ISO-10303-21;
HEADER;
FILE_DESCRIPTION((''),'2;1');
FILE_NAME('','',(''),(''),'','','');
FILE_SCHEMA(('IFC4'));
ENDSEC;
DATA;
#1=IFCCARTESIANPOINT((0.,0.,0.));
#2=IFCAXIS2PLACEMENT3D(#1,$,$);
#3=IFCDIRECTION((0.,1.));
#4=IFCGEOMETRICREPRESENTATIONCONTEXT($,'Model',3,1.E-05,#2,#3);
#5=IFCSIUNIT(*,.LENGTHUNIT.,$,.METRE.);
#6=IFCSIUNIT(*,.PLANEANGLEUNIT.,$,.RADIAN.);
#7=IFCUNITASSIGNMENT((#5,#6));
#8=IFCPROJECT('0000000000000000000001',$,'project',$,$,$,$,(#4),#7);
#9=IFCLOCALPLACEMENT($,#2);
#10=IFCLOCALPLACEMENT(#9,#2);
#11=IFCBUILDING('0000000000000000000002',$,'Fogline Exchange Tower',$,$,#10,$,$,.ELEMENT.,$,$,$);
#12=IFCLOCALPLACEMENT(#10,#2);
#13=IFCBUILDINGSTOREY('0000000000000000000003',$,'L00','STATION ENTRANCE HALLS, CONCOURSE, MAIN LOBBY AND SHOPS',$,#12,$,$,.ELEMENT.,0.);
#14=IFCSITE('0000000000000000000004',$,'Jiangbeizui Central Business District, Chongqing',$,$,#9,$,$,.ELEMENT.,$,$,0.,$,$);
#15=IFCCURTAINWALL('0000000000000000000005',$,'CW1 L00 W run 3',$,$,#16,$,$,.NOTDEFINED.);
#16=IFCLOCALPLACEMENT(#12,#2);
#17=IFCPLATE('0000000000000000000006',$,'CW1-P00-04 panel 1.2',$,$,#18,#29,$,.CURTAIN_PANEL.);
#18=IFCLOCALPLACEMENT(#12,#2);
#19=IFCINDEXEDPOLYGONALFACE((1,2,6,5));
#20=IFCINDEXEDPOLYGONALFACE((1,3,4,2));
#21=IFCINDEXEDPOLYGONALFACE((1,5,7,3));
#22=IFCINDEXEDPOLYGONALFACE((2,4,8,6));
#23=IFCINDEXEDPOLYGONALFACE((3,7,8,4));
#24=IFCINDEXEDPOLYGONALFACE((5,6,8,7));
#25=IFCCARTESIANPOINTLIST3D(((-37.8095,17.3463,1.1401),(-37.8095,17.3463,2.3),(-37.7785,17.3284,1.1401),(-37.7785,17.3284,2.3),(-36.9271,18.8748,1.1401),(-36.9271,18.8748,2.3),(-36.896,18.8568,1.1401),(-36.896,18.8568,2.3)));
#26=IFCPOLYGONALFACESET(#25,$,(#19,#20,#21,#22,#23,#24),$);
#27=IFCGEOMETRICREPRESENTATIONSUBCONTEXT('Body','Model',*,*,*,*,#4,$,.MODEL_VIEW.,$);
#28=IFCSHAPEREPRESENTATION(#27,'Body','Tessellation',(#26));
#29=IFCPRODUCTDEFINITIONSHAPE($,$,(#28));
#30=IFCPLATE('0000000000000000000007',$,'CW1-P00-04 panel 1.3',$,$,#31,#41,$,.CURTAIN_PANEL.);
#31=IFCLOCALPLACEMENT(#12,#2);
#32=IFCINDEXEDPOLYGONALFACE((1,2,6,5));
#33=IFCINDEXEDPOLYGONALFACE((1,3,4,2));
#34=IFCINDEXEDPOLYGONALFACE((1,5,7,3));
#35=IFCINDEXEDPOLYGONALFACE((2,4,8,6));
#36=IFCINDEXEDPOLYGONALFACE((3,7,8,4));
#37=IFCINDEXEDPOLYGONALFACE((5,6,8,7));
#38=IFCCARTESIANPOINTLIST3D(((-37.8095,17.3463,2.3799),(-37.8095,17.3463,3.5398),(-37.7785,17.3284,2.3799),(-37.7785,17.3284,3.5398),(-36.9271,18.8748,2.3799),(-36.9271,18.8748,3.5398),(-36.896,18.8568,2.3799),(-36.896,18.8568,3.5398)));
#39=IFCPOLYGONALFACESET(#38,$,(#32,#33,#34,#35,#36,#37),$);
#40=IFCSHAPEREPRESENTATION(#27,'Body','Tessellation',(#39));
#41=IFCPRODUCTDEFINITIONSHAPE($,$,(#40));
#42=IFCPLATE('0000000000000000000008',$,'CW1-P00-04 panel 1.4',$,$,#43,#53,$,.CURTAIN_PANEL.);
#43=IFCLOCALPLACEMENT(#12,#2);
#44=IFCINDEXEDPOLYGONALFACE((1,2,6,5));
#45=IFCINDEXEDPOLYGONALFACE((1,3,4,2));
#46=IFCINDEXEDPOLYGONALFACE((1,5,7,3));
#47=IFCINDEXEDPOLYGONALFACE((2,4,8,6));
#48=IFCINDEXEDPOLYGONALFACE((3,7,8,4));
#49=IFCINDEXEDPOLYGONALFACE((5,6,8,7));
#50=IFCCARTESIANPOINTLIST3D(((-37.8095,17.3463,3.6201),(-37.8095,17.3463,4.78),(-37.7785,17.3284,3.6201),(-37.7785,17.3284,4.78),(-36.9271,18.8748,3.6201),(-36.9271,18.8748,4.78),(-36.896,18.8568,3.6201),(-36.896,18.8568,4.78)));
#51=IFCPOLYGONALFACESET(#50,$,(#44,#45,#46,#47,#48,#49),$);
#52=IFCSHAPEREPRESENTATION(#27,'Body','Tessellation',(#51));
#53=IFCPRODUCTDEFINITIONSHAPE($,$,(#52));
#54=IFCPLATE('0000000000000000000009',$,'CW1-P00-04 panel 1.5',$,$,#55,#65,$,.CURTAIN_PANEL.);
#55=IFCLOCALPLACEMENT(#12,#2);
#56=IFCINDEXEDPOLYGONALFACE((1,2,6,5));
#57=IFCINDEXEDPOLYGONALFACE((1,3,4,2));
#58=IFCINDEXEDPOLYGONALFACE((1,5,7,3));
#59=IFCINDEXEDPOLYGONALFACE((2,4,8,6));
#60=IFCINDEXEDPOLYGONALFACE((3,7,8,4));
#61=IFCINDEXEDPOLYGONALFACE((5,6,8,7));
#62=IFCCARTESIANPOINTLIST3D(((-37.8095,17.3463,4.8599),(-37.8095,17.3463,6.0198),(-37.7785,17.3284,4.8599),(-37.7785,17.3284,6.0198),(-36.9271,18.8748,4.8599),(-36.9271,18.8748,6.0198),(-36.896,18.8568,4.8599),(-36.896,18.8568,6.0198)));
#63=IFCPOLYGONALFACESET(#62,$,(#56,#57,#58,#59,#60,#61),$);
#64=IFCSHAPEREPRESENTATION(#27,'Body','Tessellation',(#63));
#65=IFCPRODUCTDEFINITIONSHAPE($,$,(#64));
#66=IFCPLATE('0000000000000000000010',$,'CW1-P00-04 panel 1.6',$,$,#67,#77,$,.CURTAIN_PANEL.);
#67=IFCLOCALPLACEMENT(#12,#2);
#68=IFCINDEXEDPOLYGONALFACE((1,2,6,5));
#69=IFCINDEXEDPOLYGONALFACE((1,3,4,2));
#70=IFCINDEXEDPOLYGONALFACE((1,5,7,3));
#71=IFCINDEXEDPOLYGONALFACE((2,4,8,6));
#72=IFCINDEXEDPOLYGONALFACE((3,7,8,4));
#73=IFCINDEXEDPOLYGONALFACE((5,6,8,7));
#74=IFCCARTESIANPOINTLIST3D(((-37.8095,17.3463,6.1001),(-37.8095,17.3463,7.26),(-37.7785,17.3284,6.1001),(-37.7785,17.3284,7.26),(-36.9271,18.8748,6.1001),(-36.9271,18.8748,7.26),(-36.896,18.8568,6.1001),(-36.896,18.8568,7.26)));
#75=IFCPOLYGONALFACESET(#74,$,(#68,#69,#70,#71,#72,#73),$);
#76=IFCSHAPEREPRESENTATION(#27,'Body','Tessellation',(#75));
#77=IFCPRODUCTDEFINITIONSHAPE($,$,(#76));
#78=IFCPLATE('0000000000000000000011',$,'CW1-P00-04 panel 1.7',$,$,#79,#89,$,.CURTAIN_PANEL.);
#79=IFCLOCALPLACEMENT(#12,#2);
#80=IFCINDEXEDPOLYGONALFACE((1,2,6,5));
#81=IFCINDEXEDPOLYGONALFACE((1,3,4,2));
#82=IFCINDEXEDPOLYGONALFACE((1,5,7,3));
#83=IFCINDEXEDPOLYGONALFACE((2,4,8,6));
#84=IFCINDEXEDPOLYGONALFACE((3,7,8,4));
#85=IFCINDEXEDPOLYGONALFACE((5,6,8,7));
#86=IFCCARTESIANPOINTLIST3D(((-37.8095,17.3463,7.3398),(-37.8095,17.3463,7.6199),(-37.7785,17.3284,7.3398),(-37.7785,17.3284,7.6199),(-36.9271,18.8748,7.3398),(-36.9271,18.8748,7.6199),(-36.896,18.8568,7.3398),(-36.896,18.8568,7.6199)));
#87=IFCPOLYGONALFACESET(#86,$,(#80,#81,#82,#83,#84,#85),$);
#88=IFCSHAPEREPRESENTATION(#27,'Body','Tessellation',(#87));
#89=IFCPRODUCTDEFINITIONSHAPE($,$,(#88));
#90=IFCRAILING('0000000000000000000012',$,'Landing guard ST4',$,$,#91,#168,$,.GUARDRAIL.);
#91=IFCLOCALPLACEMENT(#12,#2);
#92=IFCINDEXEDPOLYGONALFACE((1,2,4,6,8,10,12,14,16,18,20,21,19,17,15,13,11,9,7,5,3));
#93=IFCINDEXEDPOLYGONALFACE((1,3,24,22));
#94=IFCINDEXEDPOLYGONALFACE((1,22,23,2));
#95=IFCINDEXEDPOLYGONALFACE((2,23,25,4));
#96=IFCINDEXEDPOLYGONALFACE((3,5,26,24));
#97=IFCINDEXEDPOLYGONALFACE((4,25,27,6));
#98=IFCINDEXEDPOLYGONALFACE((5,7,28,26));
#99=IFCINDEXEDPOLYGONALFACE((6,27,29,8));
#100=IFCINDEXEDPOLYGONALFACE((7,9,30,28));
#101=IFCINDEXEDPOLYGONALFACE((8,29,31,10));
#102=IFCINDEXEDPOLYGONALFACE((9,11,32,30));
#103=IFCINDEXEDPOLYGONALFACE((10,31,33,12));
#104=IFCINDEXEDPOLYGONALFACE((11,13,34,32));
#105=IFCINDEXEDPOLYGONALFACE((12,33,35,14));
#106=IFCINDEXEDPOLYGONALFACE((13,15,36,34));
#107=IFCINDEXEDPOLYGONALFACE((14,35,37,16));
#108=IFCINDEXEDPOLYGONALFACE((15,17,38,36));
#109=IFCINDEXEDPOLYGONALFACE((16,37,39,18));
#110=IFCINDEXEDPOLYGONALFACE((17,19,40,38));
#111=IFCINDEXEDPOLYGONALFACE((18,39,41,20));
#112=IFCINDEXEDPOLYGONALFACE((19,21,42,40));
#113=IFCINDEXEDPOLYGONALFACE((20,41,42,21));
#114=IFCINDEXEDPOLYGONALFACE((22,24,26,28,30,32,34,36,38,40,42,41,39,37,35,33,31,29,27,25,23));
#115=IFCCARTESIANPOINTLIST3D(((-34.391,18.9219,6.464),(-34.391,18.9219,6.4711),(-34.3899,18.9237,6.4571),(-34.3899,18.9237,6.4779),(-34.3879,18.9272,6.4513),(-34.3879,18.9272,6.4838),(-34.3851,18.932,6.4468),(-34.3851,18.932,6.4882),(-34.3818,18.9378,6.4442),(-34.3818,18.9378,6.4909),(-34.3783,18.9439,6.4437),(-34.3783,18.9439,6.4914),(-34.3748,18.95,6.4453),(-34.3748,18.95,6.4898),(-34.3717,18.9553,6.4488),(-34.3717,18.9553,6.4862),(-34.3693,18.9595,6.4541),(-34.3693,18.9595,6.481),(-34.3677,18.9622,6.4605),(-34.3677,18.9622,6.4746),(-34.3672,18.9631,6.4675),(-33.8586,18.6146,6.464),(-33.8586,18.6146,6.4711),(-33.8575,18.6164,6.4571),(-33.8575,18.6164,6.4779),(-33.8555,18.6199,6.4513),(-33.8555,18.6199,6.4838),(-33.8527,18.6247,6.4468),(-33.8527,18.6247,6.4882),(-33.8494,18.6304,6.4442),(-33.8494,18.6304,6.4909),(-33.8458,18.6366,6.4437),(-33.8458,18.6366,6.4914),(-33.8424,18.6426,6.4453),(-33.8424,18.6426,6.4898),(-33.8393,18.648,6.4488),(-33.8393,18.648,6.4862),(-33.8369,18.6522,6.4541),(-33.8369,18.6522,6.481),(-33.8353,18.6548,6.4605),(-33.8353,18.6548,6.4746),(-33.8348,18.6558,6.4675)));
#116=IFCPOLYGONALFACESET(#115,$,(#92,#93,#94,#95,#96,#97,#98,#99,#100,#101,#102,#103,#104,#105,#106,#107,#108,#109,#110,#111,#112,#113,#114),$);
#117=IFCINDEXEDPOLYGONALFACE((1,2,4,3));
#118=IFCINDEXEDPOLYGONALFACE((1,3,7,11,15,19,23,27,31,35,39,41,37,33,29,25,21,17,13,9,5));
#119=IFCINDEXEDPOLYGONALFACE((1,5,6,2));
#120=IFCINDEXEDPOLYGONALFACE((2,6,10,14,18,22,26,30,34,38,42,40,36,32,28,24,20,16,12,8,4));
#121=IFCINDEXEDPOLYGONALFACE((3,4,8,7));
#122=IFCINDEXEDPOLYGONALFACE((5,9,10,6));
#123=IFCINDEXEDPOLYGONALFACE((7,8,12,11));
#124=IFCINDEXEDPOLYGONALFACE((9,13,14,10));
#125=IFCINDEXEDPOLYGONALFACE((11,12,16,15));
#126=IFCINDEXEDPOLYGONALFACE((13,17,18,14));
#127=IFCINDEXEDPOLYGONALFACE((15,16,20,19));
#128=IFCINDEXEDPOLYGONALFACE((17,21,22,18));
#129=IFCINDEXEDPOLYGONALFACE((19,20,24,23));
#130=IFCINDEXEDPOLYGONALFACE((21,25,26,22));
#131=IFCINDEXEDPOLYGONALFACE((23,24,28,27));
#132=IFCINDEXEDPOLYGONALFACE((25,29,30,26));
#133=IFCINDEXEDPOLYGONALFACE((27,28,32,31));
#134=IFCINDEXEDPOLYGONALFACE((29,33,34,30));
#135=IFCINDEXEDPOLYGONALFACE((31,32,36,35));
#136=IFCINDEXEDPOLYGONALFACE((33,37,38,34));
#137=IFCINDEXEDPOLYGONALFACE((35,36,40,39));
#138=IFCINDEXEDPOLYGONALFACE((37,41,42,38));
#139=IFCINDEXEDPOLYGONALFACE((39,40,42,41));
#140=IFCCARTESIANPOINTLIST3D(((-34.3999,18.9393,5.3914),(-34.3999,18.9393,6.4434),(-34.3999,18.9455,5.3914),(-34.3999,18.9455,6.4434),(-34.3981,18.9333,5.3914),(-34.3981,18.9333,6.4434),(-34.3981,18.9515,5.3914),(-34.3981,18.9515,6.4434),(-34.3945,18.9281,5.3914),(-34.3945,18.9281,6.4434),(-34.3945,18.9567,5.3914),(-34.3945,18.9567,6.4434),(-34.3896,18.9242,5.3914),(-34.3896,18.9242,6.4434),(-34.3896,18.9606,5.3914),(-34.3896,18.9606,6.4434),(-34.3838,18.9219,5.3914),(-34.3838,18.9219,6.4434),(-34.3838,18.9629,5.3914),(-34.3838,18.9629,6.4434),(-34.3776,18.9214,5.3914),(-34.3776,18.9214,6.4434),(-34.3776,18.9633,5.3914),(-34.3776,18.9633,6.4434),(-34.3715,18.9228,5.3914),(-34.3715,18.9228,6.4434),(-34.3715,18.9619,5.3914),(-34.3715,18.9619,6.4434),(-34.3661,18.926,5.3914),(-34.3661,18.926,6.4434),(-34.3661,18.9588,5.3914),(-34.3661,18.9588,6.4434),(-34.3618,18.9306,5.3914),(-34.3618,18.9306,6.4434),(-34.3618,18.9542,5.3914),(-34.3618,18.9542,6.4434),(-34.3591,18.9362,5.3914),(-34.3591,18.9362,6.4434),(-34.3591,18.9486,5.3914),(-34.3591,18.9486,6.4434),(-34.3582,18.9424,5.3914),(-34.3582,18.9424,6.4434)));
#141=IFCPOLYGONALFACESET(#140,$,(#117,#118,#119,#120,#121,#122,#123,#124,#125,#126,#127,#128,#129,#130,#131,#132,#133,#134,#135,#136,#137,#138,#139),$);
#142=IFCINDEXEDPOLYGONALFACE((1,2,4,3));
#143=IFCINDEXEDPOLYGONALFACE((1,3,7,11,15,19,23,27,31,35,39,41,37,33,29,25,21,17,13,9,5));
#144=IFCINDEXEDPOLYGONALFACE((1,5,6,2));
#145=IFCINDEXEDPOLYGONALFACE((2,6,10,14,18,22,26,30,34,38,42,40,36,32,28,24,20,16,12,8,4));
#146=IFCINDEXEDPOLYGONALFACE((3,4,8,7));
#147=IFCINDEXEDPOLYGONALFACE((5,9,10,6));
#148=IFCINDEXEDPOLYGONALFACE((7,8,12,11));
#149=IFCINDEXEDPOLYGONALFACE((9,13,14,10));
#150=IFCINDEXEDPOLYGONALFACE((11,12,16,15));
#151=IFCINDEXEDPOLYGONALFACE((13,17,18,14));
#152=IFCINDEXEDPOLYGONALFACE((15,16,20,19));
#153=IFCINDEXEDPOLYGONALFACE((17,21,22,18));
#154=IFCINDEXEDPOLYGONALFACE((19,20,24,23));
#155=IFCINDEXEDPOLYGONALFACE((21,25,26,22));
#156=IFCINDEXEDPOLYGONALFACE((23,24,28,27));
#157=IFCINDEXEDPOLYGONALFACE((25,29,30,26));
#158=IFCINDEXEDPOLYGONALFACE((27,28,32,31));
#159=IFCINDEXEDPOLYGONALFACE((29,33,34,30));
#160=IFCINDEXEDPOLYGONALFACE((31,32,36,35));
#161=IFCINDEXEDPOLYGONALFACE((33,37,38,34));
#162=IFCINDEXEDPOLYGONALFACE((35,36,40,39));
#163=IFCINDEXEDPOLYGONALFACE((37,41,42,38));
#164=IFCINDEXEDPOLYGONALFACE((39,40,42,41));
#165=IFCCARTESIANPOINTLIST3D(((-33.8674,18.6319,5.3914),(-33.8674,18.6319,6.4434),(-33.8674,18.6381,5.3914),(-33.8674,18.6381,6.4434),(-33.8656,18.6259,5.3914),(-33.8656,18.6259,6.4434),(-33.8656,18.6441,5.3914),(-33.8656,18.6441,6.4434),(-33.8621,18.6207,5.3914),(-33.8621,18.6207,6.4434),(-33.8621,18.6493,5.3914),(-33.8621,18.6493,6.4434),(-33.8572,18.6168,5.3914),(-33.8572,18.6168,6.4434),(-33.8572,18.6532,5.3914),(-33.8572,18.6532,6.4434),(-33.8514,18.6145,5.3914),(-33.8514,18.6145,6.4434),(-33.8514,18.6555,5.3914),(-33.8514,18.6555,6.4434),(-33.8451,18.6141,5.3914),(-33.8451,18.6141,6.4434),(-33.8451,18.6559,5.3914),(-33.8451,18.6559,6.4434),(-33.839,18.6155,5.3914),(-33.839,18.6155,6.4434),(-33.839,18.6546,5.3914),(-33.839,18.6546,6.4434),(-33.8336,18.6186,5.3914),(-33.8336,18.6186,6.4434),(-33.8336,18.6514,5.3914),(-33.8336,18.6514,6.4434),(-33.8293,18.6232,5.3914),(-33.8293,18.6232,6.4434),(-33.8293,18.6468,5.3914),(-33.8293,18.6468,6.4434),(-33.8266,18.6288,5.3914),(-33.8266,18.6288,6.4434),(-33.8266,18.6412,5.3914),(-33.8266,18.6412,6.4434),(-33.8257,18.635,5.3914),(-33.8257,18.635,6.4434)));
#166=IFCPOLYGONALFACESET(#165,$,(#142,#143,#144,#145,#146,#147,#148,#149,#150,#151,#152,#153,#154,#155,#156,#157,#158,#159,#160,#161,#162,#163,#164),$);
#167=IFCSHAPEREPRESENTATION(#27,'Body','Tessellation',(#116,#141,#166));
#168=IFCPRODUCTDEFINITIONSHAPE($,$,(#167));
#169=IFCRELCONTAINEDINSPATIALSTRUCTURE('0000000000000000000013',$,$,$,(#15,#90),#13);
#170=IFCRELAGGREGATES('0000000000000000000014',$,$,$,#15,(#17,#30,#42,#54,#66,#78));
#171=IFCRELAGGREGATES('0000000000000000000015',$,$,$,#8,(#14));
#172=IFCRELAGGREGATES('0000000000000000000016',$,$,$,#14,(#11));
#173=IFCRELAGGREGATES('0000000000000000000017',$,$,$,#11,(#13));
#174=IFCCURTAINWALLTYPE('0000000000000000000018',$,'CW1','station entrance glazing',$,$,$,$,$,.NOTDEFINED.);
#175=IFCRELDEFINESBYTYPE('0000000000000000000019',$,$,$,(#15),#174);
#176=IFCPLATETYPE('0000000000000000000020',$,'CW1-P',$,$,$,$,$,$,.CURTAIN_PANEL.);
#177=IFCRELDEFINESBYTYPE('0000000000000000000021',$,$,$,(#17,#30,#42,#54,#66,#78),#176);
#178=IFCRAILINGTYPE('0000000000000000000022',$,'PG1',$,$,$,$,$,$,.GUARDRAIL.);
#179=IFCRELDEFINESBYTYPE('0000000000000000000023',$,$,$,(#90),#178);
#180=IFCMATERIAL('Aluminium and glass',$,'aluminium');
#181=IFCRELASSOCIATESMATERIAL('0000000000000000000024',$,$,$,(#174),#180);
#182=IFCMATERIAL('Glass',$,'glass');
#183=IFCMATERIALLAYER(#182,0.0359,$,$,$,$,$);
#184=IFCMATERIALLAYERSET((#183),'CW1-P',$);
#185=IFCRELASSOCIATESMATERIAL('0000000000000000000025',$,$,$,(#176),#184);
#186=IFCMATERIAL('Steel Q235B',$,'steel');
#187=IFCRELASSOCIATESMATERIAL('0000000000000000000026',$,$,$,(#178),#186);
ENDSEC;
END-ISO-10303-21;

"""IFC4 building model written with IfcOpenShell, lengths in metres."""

from ifc_helpers import new_model, si_unit, direction, frame, origin, origin_2d, place, context, subcontext, project, spatial, rectangle, circle, extrude, material, layer, layer_set, type_object, element, aggregate, save


model = new_model("IFC4")

# Units and contexts
model_context = context("Model", 3, precision=1e-05, world=origin(), true_north=direction((0.0, 1.0)))
body_context = subcontext(model_context, "Body", "Model", "MODEL_VIEW")
ifc_project = project(units=[si_unit("LENGTHUNIT", "METRE"), si_unit("PLANEANGLEUNIT", "RADIAN")], contexts=[model_context])

# Site, building, storey
site_placement = place(None, origin())
site = spatial("IfcSite", under=ifc_project, at=site_placement, Name="Jiangbeizui Central Business District, Chongqing", CompositionType="ELEMENT", RefElevation=0.0)
building_placement = place(site_placement, origin())
building = spatial("IfcBuilding", under=site, at=building_placement, Name="Fogline Exchange Tower", CompositionType="ELEMENT")
storey_placement = place(building_placement, origin())
storey = spatial("IfcBuildingStorey", under=building, at=storey_placement, Name="L00", Description="STATION ENTRANCE HALLS, CONCOURSE, MAIN LOBBY AND SHOPS", CompositionType="ELEMENT", Elevation=0.0)

# Curtain wall
ifc_material_1 = material(Name="Aluminium and glass", Category="aluminium")
curtain_wall_type = type_object("IfcCurtainWallType", Name="CW1", Description="station entrance glazing", PredefinedType="NOTDEFINED", material=ifc_material_1)
curtain_wall_1_placement = place(storey_placement, origin())
curtain_wall_1 = element("IfcCurtainWall", 1, at=curtain_wall_1_placement, inside=storey, type_object=curtain_wall_type, Name="CW1 L00 W run 3", PredefinedType="NOTDEFINED")

# Plates
ifc_material_2 = material(Name="Glass", Category="glass")
ifc_layer_1 = layer(ifc_material_2, 0.0359)
ifc_layer_set_1 = layer_set([ifc_layer_1], Name="CW1-P")
plate_type = type_object("IfcPlateType", Name="CW1-P", PredefinedType="CURTAIN_PANEL", material=ifc_layer_set_1)
plate_1_placement = place(storey_placement, frame((-37.3528, 18.1016, 1.1401), z_axis=(0.0, 0.0, 1.0), x_axis=(-0.5, -0.866026, 0.0)))
plate_1 = element("IfcPlate", 2, at=plate_1_placement, type_object=plate_type, Name="CW1-P00-04 panel 1.2", PredefinedType="CURTAIN_PANEL", context=body_context, shape_type="SweptSolid", body=[
    extrude(rectangle(XDim=1.7649, YDim=0.0359, at=origin_2d()), origin(), (0.0, 0.0, 1.0), 1.1599),
])
plate_2_placement = place(storey_placement, frame((-37.3528, 18.1016, 2.3799), z_axis=(0.0, 0.0, 1.0), x_axis=(-0.5, -0.866026, 0.0)))
plate_2 = element("IfcPlate", 3, at=plate_2_placement, type_object=plate_type, Name="CW1-P00-04 panel 1.3", PredefinedType="CURTAIN_PANEL", context=body_context, shape_type="SweptSolid", body=[
    extrude(rectangle(XDim=1.7649, YDim=0.0359, at=origin_2d()), origin(), (0.0, 0.0, 1.0), 1.1599),
])
plate_3_placement = place(storey_placement, frame((-37.3528, 18.1016, 3.6201), z_axis=(0.0, 0.0, 1.0), x_axis=(-0.5, -0.866026, 0.0)))
plate_3 = element("IfcPlate", 4, at=plate_3_placement, type_object=plate_type, Name="CW1-P00-04 panel 1.4", PredefinedType="CURTAIN_PANEL", context=body_context, shape_type="SweptSolid", body=[
    extrude(rectangle(XDim=1.7649, YDim=0.0359, at=origin_2d()), origin(), (0.0, 0.0, 1.0), 1.1599),
])
plate_4_placement = place(storey_placement, frame((-37.3528, 18.1016, 4.8599), z_axis=(0.0, 0.0, 1.0), x_axis=(-0.5, -0.866026, 0.0)))
plate_4 = element("IfcPlate", 5, at=plate_4_placement, type_object=plate_type, Name="CW1-P00-04 panel 1.5", PredefinedType="CURTAIN_PANEL", context=body_context, shape_type="SweptSolid", body=[
    extrude(rectangle(XDim=1.7649, YDim=0.0359, at=origin_2d()), origin(), (0.0, 0.0, 1.0), 1.1599),
])
plate_5_placement = place(storey_placement, frame((-37.3528, 18.1016, 6.1001), z_axis=(0.0, 0.0, 1.0), x_axis=(-0.5, -0.866026, 0.0)))
plate_5 = element("IfcPlate", 6, at=plate_5_placement, type_object=plate_type, Name="CW1-P00-04 panel 1.6", PredefinedType="CURTAIN_PANEL", context=body_context, shape_type="SweptSolid", body=[
    extrude(rectangle(XDim=1.7649, YDim=0.0359, at=origin_2d()), origin(), (0.0, 0.0, 1.0), 1.1599),
])
plate_6_placement = place(storey_placement, frame((-37.3528, 18.1016, 7.3398), z_axis=(0.0, 0.0, 1.0), x_axis=(-0.5, -0.866026, 0.0)))
plate_6 = element("IfcPlate", 7, at=plate_6_placement, type_object=plate_type, Name="CW1-P00-04 panel 1.7", PredefinedType="CURTAIN_PANEL", context=body_context, shape_type="SweptSolid", body=[
    extrude(rectangle(XDim=1.7649, YDim=0.0359, at=origin_2d()), origin(), (0.0, 0.0, 1.0), 0.28),
])
aggregate(curtain_wall_1, [plate_1, plate_2, plate_3, plate_4, plate_5, plate_6])

# Railing
ifc_material_3 = material(Name="Steel Q235B", Category="steel")
railing_type = type_object("IfcRailingType", Name="PG1", PredefinedType="GUARDRAIL", material=ifc_material_3)
railing_placement = place(storey_placement, frame((-34.3792, 18.9424, 5.3914)))
element("IfcRailing", 8, at=railing_placement, inside=storey, type_object=railing_type, Name="Landing guard ST4", PredefinedType="GUARDRAIL", context=body_context, shape_type="SweptSolid", body=[
    extrude(circle(Radius=0.0239, at=origin_2d()), frame((0.0, 0.0, 1.0762), z_axis=(0.86606, -0.49994, 0.0), x_axis=(0.49994, 0.86606, 0.0)), (0.0, 0.0, 1.0), 0.6147),
    extrude(circle(Radius=0.021, at=origin_2d()), origin(), (0.0, 0.0, 1.0), 1.052),
    extrude(circle(Radius=0.021, at=origin_2d()), frame((0.5325, -0.3074, 0.0)), (0.0, 0.0, 1.0), 1.052),
])

save(model, "model.ifc")
